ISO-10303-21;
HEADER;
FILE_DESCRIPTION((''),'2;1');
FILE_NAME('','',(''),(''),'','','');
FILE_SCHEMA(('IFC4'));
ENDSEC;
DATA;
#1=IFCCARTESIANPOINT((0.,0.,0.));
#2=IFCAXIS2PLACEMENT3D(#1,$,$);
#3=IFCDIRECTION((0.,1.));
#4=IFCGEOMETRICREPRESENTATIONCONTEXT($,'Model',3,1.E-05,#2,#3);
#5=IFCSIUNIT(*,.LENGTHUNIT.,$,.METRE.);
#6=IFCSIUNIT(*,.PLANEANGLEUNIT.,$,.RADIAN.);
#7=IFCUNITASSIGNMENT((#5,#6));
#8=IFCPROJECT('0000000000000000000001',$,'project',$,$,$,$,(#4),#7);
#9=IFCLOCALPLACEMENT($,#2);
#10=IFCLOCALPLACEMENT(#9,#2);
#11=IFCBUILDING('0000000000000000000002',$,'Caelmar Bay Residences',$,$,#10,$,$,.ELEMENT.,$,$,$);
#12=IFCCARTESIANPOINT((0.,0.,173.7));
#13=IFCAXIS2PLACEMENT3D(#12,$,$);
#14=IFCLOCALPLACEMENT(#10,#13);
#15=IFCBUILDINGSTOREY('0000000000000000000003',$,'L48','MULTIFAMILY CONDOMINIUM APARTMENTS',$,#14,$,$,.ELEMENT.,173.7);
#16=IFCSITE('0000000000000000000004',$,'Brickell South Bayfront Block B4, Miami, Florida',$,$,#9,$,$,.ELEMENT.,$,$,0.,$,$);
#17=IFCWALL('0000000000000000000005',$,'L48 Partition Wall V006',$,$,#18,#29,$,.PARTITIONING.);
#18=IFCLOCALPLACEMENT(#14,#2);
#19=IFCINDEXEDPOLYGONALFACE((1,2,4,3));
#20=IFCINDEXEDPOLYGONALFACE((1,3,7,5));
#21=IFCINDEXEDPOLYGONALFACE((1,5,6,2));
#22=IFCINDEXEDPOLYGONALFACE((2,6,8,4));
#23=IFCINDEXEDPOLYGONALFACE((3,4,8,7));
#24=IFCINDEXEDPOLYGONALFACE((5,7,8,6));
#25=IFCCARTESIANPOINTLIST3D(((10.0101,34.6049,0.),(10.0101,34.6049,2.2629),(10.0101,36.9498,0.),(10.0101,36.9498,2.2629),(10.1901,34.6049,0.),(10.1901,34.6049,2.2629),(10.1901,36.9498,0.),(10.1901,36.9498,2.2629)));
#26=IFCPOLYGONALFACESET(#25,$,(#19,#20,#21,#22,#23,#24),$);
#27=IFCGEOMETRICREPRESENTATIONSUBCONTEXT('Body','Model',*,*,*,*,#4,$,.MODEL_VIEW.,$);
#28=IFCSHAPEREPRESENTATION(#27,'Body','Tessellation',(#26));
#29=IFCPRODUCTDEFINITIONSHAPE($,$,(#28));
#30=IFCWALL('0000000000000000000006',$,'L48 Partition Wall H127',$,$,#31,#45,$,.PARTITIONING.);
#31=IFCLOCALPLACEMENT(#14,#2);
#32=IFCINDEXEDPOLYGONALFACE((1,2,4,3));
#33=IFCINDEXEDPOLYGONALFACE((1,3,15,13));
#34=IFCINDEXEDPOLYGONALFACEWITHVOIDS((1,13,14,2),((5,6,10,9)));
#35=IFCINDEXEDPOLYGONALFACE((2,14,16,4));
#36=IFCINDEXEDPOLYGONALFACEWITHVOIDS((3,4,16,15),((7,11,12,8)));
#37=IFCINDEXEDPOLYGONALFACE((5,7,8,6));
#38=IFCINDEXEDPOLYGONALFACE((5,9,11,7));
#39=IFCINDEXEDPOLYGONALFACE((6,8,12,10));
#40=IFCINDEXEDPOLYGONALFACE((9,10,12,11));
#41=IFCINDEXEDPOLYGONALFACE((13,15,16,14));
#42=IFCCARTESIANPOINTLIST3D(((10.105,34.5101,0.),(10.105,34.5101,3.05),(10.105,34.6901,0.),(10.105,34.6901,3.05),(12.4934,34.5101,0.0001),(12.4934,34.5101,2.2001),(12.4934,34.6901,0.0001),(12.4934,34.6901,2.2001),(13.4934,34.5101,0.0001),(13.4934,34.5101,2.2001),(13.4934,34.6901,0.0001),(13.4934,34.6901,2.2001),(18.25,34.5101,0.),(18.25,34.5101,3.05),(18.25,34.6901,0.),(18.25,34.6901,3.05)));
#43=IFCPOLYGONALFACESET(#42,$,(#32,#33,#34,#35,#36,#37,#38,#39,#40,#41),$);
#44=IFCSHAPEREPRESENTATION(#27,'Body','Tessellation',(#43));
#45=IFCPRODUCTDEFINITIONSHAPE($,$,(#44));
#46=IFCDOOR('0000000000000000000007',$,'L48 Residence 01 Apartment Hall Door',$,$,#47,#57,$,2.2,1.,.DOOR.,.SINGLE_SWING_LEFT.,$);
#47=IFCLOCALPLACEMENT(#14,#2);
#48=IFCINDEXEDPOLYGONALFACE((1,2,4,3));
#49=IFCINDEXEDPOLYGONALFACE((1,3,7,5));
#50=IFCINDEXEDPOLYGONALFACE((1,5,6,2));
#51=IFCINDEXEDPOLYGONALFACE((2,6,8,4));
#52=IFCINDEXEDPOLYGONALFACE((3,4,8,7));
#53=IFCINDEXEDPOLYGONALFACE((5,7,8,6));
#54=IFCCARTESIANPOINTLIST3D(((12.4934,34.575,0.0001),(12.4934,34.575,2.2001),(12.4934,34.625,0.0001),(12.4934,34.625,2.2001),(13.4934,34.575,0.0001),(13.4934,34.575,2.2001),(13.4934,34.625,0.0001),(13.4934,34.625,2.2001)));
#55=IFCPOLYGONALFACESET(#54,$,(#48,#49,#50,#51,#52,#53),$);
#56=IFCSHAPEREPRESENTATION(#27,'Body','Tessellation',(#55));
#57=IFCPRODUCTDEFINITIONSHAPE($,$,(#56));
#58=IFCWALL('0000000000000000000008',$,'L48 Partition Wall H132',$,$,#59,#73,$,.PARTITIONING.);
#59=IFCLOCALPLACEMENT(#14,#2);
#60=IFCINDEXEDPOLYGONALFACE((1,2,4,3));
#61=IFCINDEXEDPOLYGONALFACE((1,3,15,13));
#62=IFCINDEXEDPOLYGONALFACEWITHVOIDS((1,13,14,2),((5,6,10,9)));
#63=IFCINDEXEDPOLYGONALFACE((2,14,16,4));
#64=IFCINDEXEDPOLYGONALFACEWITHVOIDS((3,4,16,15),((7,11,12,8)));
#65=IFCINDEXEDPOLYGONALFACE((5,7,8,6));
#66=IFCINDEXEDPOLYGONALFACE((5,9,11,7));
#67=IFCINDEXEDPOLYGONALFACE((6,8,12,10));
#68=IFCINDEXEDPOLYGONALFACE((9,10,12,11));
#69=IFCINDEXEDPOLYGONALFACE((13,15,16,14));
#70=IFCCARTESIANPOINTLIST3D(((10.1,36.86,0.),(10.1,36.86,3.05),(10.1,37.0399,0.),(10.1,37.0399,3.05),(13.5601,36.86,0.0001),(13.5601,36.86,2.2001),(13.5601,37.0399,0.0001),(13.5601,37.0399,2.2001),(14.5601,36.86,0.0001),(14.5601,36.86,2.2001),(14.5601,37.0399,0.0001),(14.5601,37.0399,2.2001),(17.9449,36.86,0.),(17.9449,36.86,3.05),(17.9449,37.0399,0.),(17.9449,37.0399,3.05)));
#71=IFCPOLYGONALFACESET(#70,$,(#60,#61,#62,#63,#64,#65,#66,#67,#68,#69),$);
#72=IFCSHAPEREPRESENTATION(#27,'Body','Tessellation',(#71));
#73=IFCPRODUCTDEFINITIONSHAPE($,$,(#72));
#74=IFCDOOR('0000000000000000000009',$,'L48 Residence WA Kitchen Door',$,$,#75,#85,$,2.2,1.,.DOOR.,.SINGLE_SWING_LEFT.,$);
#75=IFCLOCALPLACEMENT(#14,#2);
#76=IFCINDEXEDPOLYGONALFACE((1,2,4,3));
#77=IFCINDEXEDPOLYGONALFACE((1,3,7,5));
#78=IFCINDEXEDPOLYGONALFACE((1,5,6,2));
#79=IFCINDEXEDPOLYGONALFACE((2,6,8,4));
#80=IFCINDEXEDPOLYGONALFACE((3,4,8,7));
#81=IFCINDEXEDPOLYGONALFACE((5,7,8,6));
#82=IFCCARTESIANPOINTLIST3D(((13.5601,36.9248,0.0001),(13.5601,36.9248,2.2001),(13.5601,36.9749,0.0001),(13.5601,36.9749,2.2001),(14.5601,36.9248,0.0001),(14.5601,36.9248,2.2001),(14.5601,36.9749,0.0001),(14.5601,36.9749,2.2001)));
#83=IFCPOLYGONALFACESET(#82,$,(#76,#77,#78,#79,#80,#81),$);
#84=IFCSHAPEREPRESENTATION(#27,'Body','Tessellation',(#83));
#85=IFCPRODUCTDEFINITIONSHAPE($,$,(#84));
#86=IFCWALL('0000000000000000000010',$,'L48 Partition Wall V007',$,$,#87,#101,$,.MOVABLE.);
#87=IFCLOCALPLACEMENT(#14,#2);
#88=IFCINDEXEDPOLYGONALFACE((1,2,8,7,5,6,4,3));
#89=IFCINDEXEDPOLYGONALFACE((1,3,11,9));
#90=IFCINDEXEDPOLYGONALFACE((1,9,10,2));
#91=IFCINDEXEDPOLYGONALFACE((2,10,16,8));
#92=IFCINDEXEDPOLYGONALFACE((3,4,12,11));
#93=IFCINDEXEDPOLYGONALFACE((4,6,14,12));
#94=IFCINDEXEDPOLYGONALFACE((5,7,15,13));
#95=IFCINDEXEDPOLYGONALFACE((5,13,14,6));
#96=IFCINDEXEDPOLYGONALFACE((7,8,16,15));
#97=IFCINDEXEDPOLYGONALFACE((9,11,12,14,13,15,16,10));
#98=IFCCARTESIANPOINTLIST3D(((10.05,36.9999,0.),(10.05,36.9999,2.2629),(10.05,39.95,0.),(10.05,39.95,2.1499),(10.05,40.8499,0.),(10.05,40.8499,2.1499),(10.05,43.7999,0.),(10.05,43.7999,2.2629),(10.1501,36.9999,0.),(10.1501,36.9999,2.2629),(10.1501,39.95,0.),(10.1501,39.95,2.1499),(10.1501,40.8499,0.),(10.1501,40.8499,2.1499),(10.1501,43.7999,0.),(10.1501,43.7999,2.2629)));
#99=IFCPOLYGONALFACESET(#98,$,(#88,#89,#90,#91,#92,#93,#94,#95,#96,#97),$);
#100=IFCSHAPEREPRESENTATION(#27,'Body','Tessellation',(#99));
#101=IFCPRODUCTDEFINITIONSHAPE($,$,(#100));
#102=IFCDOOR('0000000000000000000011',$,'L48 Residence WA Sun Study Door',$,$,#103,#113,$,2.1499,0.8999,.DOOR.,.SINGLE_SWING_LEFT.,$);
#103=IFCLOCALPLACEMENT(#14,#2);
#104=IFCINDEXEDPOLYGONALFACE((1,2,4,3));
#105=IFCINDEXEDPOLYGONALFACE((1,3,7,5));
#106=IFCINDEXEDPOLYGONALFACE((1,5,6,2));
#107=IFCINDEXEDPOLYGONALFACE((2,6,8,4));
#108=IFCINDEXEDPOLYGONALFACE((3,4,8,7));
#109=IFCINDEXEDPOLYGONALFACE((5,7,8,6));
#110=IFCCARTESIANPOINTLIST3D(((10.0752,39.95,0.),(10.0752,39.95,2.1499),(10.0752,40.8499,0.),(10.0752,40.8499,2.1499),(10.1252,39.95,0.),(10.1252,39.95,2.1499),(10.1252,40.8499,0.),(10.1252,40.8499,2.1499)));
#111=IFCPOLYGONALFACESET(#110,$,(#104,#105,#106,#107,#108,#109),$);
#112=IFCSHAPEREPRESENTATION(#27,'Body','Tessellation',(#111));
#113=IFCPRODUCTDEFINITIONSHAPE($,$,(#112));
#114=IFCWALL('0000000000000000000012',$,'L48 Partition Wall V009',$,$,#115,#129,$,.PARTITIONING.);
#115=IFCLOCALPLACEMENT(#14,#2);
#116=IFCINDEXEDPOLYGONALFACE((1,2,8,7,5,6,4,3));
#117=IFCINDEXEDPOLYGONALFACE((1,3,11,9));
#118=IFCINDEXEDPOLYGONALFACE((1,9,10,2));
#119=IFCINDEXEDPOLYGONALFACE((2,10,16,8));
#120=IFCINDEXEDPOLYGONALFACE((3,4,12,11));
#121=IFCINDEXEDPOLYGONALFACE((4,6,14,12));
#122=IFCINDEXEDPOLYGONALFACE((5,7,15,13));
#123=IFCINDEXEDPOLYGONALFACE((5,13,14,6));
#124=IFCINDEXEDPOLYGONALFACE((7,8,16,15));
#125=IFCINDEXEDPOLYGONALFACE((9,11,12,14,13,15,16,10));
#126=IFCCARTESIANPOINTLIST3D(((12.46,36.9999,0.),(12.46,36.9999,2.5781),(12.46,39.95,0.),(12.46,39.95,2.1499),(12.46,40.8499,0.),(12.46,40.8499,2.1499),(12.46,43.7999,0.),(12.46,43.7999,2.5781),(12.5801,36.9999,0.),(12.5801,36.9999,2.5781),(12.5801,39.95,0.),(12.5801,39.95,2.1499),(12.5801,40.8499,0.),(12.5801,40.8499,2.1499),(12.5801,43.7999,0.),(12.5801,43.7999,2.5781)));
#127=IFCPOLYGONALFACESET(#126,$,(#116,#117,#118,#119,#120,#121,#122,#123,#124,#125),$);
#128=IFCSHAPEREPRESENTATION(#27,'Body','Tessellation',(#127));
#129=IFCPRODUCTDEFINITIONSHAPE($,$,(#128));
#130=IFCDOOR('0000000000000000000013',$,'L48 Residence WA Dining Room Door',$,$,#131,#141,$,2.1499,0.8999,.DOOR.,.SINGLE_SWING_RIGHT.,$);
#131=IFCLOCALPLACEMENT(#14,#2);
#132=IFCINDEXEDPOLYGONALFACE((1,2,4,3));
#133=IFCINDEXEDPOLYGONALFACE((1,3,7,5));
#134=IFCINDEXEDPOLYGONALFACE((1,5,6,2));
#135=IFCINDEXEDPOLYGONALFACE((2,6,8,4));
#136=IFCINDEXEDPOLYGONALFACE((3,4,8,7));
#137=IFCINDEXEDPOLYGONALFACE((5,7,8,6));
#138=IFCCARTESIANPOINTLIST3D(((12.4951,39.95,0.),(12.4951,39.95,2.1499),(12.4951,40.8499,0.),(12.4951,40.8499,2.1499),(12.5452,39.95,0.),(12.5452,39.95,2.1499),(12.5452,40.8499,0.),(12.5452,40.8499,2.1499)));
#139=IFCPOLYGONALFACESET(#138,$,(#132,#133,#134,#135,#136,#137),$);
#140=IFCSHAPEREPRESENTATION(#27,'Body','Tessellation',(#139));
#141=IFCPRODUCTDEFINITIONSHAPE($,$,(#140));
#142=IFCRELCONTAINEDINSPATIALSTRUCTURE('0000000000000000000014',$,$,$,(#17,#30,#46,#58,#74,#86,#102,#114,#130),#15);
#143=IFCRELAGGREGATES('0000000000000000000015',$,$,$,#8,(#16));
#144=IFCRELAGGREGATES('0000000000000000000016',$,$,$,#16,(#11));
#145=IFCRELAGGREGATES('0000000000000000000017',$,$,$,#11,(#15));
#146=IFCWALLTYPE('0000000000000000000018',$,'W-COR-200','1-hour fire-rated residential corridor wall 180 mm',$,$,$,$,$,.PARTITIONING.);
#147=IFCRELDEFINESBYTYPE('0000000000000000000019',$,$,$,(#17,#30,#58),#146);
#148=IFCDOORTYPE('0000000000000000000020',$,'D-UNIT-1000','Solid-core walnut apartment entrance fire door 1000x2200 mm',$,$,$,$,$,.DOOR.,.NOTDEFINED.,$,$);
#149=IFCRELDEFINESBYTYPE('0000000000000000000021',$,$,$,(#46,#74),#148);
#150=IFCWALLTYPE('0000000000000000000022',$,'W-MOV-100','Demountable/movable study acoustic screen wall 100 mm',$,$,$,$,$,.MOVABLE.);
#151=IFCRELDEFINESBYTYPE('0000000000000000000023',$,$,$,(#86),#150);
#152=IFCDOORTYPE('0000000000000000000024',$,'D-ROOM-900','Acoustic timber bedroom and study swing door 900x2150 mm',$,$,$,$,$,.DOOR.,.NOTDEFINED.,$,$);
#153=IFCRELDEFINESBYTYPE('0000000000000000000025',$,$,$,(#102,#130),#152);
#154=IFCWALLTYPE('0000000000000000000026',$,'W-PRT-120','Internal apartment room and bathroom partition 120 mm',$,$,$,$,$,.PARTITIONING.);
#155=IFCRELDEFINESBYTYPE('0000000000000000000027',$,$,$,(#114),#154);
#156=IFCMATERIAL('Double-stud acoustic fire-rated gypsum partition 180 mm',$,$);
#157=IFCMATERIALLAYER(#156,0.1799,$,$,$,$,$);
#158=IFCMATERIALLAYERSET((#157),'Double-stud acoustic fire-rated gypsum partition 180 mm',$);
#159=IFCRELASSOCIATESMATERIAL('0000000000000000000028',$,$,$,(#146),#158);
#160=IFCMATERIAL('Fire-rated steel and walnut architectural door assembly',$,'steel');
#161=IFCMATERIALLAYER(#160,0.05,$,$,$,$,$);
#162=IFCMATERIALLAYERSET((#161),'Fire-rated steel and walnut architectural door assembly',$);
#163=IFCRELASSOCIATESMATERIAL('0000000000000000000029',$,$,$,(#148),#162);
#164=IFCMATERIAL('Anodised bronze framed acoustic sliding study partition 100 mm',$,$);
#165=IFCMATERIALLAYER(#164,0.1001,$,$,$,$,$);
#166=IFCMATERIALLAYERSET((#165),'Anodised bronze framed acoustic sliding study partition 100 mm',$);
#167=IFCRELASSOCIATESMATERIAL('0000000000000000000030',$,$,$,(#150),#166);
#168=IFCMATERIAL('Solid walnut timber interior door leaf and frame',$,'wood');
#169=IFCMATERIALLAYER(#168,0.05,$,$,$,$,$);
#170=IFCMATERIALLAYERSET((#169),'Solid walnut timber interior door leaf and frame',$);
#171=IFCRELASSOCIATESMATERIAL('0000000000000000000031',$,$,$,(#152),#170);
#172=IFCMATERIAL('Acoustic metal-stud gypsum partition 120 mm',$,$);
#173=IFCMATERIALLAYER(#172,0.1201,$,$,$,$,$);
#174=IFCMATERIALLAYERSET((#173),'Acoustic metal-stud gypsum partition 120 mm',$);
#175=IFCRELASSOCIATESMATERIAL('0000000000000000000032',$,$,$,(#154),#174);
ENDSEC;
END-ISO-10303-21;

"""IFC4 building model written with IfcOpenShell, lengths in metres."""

from ifc_helpers import new_model, si_unit, direction, frame, frame_2d, origin, place, context, subcontext, project, spatial, rectangle, extrude, material, layer, layer_set, type_object, element, fill, save


model = new_model("IFC4")

# Units and contexts
model_context = context("Model", 3, precision=1e-05, world=origin(), true_north=direction((0.0, 1.0)))
body_context = subcontext(model_context, "Body", "Model", "MODEL_VIEW")
ifc_project = project(units=[si_unit("LENGTHUNIT", "METRE"), si_unit("PLANEANGLEUNIT", "RADIAN")], contexts=[model_context])

# Site, building, storey
site_placement = place(None, origin())
site = spatial("IfcSite", under=ifc_project, at=site_placement, Name="Brickell South Bayfront Block B4, Miami, Florida", CompositionType="ELEMENT", RefElevation=0.0)
building_placement = place(site_placement, origin())
building = spatial("IfcBuilding", under=site, at=building_placement, Name="Caelmar Bay Residences", CompositionType="ELEMENT")
storey_placement = place(building_placement, frame((0.0, 0.0, 173.7)))
storey = spatial("IfcBuildingStorey", under=building, at=storey_placement, Name="L48", Description="MULTIFAMILY CONDOMINIUM APARTMENTS", CompositionType="ELEMENT", Elevation=173.7)

# Shared definitions
ifc_material_1 = material(Name="Fire-rated steel and walnut architectural door assembly", Category="steel")

# Wall
ifc_material_2 = material(Name="Double-stud acoustic fire-rated gypsum partition 180 mm")
ifc_layer_1 = layer(ifc_material_2, 0.1799)
ifc_layer_set_1 = layer_set([ifc_layer_1], Name="Double-stud acoustic fire-rated gypsum partition 180 mm")
wall_type_1 = type_object("IfcWallType", Name="W-COR-200", Description="1-hour fire-rated residential corridor wall 180 mm", PredefinedType="PARTITIONING", material=ifc_layer_set_1)
wall_1_placement = place(storey_placement, frame((10.1001, 34.605, 0.0), z_axis=(0.0, 0.0, 1.0), x_axis=(0.0, 1.0, 0.0)))
element("IfcWall", 1, at=wall_1_placement, inside=storey, type_object=wall_type_1, Name="L48 Partition Wall V006", PredefinedType="PARTITIONING", context=body_context, shape_type="SweptSolid", body=[
    extrude(rectangle(XDim=2.345, YDim=0.1799, at=frame_2d((1.1724, 0.0))), origin(), (0.0, 0.0, 1.0), 2.2629),
])

# Walls, openings, doors
wall_2_placement = place(storey_placement, frame((10.105, 34.6001, 0.0), z_axis=(0.0, 0.0, 1.0), x_axis=(1.0, 0.0, 0.0)))
wall_2 = element("IfcWall", 2, at=wall_2_placement, inside=storey, type_object=wall_type_1, Name="L48 Partition Wall H127", PredefinedType="PARTITIONING", context=body_context, shape_type="SweptSolid", body=[
    extrude(rectangle(XDim=8.145, YDim=0.1799, at=frame_2d((4.0725, 0.0))), origin(), (0.0, 0.0, 1.0), 3.05),
])
opening_1_placement = place(wall_2_placement, frame((2.3884, 0.0, 0.0)))
opening_1 = element("IfcOpeningElement", 3, at=opening_1_placement, cuts=wall_2, PredefinedType="OPENING", context=body_context, shape_type="SweptSolid", body=[
    extrude(rectangle(XDim=1.0, YDim=2.2, at=frame_2d((0.5, 1.1001))), frame((0.0, 0.0999, 0.0), z_axis=(0.0, -1.0, 0.0), x_axis=(1.0, 0.0, 0.0)), (0.0, 0.0, 1.0), 0.2),
])
ifc_layer_2 = layer(ifc_material_1, 0.05)
ifc_layer_set_2 = layer_set([ifc_layer_2], Name="Fire-rated steel and walnut architectural door assembly")
door_type_1 = type_object("IfcDoorType", Name="D-UNIT-1000", Description="Solid-core walnut apartment entrance fire door 1000x2200 mm", OperationType="NOTDEFINED", PredefinedType="DOOR", material=ifc_layer_set_2)
door_1_placement = place(opening_1_placement, origin())
door_1 = element("IfcDoor", 4, at=door_1_placement, inside=storey, type_object=door_type_1, Name="L48 Residence 01 Apartment Hall Door", OperationType="SINGLE_SWING_LEFT", OverallHeight=2.2, OverallWidth=1.0, PredefinedType="DOOR", context=body_context, shape_type="SweptSolid", body=[
    extrude(rectangle(XDim=1.0, YDim=2.2, at=frame_2d((0.5, 1.1001))), frame((0.0, 0.0249, 0.0), z_axis=(0.0, -1.0, 0.0), x_axis=(1.0, 0.0, 0.0)), (0.0, 0.0, 1.0), 0.05),
])
fill(opening_1, door_1)
wall_3_placement = place(storey_placement, frame((10.1001, 36.95, 0.0), z_axis=(0.0, 0.0, 1.0), x_axis=(1.0, 0.0, 0.0)))
wall_3 = element("IfcWall", 5, at=wall_3_placement, inside=storey, type_object=wall_type_1, Name="L48 Partition Wall H132", PredefinedType="PARTITIONING", context=body_context, shape_type="SweptSolid", body=[
    extrude(rectangle(XDim=7.845, YDim=0.1799, at=frame_2d((3.9224, 0.0))), origin(), (0.0, 0.0, 1.0), 3.05),
])
opening_2_placement = place(wall_3_placement, frame((3.46, 0.0, 0.0)))
opening_2 = element("IfcOpeningElement", 6, at=opening_2_placement, cuts=wall_3, PredefinedType="OPENING", context=body_context, shape_type="SweptSolid", body=[
    extrude(rectangle(XDim=1.0, YDim=2.2, at=frame_2d((0.5, 1.1001))), frame((0.0, 0.0999, 0.0), z_axis=(0.0, -1.0, 0.0), x_axis=(1.0, 0.0, 0.0)), (0.0, 0.0, 1.0), 0.2),
])
door_2_placement = place(opening_2_placement, origin())
door_2 = element("IfcDoor", 7, at=door_2_placement, inside=storey, type_object=door_type_1, Name="L48 Residence WA Kitchen Door", OperationType="SINGLE_SWING_LEFT", OverallHeight=2.2, OverallWidth=1.0, PredefinedType="DOOR", context=body_context, shape_type="SweptSolid", body=[
    extrude(rectangle(XDim=1.0, YDim=2.2, at=frame_2d((0.5, 1.1001))), frame((0.0, 0.0249, 0.0), z_axis=(0.0, -1.0, 0.0), x_axis=(1.0, 0.0, 0.0)), (0.0, 0.0, 1.0), 0.05),
])
fill(opening_2, door_2)
ifc_material_3 = material(Name="Anodised bronze framed acoustic sliding study partition 100 mm")
ifc_layer_3 = layer(ifc_material_3, 0.1001)
ifc_layer_set_3 = layer_set([ifc_layer_3], Name="Anodised bronze framed acoustic sliding study partition 100 mm")
wall_type_2 = type_object("IfcWallType", Name="W-MOV-100", Description="Demountable/movable study acoustic screen wall 100 mm", PredefinedType="MOVABLE", material=ifc_layer_set_3)
wall_4_placement = place(storey_placement, frame((10.1001, 37.0, 0.0), z_axis=(0.0, 0.0, 1.0), x_axis=(0.0, 1.0, 0.0)))
wall_4 = element("IfcWall", 8, at=wall_4_placement, inside=storey, type_object=wall_type_2, Name="L48 Partition Wall V007", PredefinedType="MOVABLE", context=body_context, shape_type="SweptSolid", body=[
    extrude(rectangle(XDim=6.8, YDim=0.1001, at=frame_2d((3.3999, 0.0))), origin(), (0.0, 0.0, 1.0), 2.2629),
])
opening_3_placement = place(wall_4_placement, frame((2.95, 0.0, 0.0)))
opening_3 = element("IfcOpeningElement", 9, at=opening_3_placement, cuts=wall_4, PredefinedType="OPENING", context=body_context, shape_type="SweptSolid", body=[
    extrude(rectangle(XDim=0.8999, YDim=2.1499, at=frame_2d((0.45, 1.075))), frame((0.0, 0.0601, 0.0), z_axis=(0.0, -1.0, 0.0), x_axis=(1.0, 0.0, 0.0)), (0.0, 0.0, 1.0), 0.1201),
])
ifc_material_4 = material(Name="Solid walnut timber interior door leaf and frame", Category="wood")
ifc_layer_4 = layer(ifc_material_4, 0.05)
ifc_layer_set_4 = layer_set([ifc_layer_4], Name="Solid walnut timber interior door leaf and frame")
door_type_2 = type_object("IfcDoorType", Name="D-ROOM-900", Description="Acoustic timber bedroom and study swing door 900x2150 mm", OperationType="NOTDEFINED", PredefinedType="DOOR", material=ifc_layer_set_4)
door_3_placement = place(opening_3_placement, origin())
door_3 = element("IfcDoor", 10, at=door_3_placement, inside=storey, type_object=door_type_2, Name="L48 Residence WA Sun Study Door", OperationType="SINGLE_SWING_LEFT", OverallHeight=2.1499, OverallWidth=0.8999, PredefinedType="DOOR", context=body_context, shape_type="SweptSolid", body=[
    extrude(rectangle(XDim=0.8999, YDim=2.1499, at=frame_2d((0.45, 1.075))), frame((0.0, 0.0249, 0.0), z_axis=(0.0, -1.0, 0.0), x_axis=(1.0, 0.0, 0.0)), (0.0, 0.0, 1.0), 0.05),
])
fill(opening_3, door_3)
ifc_material_5 = material(Name="Acoustic metal-stud gypsum partition 120 mm")
ifc_layer_5 = layer(ifc_material_5, 0.1201)
ifc_layer_set_5 = layer_set([ifc_layer_5], Name="Acoustic metal-stud gypsum partition 120 mm")
wall_type_3 = type_object("IfcWallType", Name="W-PRT-120", Description="Internal apartment room and bathroom partition 120 mm", PredefinedType="PARTITIONING", material=ifc_layer_set_5)
wall_5_placement = place(storey_placement, frame((12.52, 37.0, 0.0), z_axis=(0.0, 0.0, 1.0), x_axis=(0.0, 1.0, 0.0)))
wall_5 = element("IfcWall", 11, at=wall_5_placement, inside=storey, type_object=wall_type_3, Name="L48 Partition Wall V009", PredefinedType="PARTITIONING", context=body_context, shape_type="SweptSolid", body=[
    extrude(rectangle(XDim=6.8, YDim=0.1201, at=frame_2d((3.3999, 0.0))), origin(), (0.0, 0.0, 1.0), 2.5781),
])
opening_4_placement = place(wall_5_placement, frame((2.95, 0.0, 0.0)))
opening_4 = element("IfcOpeningElement", 12, at=opening_4_placement, cuts=wall_5, PredefinedType="OPENING", context=body_context, shape_type="SweptSolid", body=[
    extrude(rectangle(XDim=0.8999, YDim=2.1499, at=frame_2d((0.45, 1.075))), frame((0.0, 0.0701, 0.0), z_axis=(0.0, -1.0, 0.0), x_axis=(1.0, 0.0, 0.0)), (0.0, 0.0, 1.0), 0.1401),
])
door_4_placement = place(opening_4_placement, origin())
door_4 = element("IfcDoor", 13, at=door_4_placement, inside=storey, type_object=door_type_2, Name="L48 Residence WA Dining Room Door", OperationType="SINGLE_SWING_RIGHT", OverallHeight=2.1499, OverallWidth=0.8999, PredefinedType="DOOR", context=body_context, shape_type="SweptSolid", body=[
    extrude(rectangle(XDim=0.8999, YDim=2.1499, at=frame_2d((0.45, 1.075))), frame((0.0, 0.0249, 0.0), z_axis=(0.0, -1.0, 0.0), x_axis=(1.0, 0.0, 0.0)), (0.0, 0.0, 1.0), 0.05),
])
fill(opening_4, door_4)

save(model, "model.ifc")
